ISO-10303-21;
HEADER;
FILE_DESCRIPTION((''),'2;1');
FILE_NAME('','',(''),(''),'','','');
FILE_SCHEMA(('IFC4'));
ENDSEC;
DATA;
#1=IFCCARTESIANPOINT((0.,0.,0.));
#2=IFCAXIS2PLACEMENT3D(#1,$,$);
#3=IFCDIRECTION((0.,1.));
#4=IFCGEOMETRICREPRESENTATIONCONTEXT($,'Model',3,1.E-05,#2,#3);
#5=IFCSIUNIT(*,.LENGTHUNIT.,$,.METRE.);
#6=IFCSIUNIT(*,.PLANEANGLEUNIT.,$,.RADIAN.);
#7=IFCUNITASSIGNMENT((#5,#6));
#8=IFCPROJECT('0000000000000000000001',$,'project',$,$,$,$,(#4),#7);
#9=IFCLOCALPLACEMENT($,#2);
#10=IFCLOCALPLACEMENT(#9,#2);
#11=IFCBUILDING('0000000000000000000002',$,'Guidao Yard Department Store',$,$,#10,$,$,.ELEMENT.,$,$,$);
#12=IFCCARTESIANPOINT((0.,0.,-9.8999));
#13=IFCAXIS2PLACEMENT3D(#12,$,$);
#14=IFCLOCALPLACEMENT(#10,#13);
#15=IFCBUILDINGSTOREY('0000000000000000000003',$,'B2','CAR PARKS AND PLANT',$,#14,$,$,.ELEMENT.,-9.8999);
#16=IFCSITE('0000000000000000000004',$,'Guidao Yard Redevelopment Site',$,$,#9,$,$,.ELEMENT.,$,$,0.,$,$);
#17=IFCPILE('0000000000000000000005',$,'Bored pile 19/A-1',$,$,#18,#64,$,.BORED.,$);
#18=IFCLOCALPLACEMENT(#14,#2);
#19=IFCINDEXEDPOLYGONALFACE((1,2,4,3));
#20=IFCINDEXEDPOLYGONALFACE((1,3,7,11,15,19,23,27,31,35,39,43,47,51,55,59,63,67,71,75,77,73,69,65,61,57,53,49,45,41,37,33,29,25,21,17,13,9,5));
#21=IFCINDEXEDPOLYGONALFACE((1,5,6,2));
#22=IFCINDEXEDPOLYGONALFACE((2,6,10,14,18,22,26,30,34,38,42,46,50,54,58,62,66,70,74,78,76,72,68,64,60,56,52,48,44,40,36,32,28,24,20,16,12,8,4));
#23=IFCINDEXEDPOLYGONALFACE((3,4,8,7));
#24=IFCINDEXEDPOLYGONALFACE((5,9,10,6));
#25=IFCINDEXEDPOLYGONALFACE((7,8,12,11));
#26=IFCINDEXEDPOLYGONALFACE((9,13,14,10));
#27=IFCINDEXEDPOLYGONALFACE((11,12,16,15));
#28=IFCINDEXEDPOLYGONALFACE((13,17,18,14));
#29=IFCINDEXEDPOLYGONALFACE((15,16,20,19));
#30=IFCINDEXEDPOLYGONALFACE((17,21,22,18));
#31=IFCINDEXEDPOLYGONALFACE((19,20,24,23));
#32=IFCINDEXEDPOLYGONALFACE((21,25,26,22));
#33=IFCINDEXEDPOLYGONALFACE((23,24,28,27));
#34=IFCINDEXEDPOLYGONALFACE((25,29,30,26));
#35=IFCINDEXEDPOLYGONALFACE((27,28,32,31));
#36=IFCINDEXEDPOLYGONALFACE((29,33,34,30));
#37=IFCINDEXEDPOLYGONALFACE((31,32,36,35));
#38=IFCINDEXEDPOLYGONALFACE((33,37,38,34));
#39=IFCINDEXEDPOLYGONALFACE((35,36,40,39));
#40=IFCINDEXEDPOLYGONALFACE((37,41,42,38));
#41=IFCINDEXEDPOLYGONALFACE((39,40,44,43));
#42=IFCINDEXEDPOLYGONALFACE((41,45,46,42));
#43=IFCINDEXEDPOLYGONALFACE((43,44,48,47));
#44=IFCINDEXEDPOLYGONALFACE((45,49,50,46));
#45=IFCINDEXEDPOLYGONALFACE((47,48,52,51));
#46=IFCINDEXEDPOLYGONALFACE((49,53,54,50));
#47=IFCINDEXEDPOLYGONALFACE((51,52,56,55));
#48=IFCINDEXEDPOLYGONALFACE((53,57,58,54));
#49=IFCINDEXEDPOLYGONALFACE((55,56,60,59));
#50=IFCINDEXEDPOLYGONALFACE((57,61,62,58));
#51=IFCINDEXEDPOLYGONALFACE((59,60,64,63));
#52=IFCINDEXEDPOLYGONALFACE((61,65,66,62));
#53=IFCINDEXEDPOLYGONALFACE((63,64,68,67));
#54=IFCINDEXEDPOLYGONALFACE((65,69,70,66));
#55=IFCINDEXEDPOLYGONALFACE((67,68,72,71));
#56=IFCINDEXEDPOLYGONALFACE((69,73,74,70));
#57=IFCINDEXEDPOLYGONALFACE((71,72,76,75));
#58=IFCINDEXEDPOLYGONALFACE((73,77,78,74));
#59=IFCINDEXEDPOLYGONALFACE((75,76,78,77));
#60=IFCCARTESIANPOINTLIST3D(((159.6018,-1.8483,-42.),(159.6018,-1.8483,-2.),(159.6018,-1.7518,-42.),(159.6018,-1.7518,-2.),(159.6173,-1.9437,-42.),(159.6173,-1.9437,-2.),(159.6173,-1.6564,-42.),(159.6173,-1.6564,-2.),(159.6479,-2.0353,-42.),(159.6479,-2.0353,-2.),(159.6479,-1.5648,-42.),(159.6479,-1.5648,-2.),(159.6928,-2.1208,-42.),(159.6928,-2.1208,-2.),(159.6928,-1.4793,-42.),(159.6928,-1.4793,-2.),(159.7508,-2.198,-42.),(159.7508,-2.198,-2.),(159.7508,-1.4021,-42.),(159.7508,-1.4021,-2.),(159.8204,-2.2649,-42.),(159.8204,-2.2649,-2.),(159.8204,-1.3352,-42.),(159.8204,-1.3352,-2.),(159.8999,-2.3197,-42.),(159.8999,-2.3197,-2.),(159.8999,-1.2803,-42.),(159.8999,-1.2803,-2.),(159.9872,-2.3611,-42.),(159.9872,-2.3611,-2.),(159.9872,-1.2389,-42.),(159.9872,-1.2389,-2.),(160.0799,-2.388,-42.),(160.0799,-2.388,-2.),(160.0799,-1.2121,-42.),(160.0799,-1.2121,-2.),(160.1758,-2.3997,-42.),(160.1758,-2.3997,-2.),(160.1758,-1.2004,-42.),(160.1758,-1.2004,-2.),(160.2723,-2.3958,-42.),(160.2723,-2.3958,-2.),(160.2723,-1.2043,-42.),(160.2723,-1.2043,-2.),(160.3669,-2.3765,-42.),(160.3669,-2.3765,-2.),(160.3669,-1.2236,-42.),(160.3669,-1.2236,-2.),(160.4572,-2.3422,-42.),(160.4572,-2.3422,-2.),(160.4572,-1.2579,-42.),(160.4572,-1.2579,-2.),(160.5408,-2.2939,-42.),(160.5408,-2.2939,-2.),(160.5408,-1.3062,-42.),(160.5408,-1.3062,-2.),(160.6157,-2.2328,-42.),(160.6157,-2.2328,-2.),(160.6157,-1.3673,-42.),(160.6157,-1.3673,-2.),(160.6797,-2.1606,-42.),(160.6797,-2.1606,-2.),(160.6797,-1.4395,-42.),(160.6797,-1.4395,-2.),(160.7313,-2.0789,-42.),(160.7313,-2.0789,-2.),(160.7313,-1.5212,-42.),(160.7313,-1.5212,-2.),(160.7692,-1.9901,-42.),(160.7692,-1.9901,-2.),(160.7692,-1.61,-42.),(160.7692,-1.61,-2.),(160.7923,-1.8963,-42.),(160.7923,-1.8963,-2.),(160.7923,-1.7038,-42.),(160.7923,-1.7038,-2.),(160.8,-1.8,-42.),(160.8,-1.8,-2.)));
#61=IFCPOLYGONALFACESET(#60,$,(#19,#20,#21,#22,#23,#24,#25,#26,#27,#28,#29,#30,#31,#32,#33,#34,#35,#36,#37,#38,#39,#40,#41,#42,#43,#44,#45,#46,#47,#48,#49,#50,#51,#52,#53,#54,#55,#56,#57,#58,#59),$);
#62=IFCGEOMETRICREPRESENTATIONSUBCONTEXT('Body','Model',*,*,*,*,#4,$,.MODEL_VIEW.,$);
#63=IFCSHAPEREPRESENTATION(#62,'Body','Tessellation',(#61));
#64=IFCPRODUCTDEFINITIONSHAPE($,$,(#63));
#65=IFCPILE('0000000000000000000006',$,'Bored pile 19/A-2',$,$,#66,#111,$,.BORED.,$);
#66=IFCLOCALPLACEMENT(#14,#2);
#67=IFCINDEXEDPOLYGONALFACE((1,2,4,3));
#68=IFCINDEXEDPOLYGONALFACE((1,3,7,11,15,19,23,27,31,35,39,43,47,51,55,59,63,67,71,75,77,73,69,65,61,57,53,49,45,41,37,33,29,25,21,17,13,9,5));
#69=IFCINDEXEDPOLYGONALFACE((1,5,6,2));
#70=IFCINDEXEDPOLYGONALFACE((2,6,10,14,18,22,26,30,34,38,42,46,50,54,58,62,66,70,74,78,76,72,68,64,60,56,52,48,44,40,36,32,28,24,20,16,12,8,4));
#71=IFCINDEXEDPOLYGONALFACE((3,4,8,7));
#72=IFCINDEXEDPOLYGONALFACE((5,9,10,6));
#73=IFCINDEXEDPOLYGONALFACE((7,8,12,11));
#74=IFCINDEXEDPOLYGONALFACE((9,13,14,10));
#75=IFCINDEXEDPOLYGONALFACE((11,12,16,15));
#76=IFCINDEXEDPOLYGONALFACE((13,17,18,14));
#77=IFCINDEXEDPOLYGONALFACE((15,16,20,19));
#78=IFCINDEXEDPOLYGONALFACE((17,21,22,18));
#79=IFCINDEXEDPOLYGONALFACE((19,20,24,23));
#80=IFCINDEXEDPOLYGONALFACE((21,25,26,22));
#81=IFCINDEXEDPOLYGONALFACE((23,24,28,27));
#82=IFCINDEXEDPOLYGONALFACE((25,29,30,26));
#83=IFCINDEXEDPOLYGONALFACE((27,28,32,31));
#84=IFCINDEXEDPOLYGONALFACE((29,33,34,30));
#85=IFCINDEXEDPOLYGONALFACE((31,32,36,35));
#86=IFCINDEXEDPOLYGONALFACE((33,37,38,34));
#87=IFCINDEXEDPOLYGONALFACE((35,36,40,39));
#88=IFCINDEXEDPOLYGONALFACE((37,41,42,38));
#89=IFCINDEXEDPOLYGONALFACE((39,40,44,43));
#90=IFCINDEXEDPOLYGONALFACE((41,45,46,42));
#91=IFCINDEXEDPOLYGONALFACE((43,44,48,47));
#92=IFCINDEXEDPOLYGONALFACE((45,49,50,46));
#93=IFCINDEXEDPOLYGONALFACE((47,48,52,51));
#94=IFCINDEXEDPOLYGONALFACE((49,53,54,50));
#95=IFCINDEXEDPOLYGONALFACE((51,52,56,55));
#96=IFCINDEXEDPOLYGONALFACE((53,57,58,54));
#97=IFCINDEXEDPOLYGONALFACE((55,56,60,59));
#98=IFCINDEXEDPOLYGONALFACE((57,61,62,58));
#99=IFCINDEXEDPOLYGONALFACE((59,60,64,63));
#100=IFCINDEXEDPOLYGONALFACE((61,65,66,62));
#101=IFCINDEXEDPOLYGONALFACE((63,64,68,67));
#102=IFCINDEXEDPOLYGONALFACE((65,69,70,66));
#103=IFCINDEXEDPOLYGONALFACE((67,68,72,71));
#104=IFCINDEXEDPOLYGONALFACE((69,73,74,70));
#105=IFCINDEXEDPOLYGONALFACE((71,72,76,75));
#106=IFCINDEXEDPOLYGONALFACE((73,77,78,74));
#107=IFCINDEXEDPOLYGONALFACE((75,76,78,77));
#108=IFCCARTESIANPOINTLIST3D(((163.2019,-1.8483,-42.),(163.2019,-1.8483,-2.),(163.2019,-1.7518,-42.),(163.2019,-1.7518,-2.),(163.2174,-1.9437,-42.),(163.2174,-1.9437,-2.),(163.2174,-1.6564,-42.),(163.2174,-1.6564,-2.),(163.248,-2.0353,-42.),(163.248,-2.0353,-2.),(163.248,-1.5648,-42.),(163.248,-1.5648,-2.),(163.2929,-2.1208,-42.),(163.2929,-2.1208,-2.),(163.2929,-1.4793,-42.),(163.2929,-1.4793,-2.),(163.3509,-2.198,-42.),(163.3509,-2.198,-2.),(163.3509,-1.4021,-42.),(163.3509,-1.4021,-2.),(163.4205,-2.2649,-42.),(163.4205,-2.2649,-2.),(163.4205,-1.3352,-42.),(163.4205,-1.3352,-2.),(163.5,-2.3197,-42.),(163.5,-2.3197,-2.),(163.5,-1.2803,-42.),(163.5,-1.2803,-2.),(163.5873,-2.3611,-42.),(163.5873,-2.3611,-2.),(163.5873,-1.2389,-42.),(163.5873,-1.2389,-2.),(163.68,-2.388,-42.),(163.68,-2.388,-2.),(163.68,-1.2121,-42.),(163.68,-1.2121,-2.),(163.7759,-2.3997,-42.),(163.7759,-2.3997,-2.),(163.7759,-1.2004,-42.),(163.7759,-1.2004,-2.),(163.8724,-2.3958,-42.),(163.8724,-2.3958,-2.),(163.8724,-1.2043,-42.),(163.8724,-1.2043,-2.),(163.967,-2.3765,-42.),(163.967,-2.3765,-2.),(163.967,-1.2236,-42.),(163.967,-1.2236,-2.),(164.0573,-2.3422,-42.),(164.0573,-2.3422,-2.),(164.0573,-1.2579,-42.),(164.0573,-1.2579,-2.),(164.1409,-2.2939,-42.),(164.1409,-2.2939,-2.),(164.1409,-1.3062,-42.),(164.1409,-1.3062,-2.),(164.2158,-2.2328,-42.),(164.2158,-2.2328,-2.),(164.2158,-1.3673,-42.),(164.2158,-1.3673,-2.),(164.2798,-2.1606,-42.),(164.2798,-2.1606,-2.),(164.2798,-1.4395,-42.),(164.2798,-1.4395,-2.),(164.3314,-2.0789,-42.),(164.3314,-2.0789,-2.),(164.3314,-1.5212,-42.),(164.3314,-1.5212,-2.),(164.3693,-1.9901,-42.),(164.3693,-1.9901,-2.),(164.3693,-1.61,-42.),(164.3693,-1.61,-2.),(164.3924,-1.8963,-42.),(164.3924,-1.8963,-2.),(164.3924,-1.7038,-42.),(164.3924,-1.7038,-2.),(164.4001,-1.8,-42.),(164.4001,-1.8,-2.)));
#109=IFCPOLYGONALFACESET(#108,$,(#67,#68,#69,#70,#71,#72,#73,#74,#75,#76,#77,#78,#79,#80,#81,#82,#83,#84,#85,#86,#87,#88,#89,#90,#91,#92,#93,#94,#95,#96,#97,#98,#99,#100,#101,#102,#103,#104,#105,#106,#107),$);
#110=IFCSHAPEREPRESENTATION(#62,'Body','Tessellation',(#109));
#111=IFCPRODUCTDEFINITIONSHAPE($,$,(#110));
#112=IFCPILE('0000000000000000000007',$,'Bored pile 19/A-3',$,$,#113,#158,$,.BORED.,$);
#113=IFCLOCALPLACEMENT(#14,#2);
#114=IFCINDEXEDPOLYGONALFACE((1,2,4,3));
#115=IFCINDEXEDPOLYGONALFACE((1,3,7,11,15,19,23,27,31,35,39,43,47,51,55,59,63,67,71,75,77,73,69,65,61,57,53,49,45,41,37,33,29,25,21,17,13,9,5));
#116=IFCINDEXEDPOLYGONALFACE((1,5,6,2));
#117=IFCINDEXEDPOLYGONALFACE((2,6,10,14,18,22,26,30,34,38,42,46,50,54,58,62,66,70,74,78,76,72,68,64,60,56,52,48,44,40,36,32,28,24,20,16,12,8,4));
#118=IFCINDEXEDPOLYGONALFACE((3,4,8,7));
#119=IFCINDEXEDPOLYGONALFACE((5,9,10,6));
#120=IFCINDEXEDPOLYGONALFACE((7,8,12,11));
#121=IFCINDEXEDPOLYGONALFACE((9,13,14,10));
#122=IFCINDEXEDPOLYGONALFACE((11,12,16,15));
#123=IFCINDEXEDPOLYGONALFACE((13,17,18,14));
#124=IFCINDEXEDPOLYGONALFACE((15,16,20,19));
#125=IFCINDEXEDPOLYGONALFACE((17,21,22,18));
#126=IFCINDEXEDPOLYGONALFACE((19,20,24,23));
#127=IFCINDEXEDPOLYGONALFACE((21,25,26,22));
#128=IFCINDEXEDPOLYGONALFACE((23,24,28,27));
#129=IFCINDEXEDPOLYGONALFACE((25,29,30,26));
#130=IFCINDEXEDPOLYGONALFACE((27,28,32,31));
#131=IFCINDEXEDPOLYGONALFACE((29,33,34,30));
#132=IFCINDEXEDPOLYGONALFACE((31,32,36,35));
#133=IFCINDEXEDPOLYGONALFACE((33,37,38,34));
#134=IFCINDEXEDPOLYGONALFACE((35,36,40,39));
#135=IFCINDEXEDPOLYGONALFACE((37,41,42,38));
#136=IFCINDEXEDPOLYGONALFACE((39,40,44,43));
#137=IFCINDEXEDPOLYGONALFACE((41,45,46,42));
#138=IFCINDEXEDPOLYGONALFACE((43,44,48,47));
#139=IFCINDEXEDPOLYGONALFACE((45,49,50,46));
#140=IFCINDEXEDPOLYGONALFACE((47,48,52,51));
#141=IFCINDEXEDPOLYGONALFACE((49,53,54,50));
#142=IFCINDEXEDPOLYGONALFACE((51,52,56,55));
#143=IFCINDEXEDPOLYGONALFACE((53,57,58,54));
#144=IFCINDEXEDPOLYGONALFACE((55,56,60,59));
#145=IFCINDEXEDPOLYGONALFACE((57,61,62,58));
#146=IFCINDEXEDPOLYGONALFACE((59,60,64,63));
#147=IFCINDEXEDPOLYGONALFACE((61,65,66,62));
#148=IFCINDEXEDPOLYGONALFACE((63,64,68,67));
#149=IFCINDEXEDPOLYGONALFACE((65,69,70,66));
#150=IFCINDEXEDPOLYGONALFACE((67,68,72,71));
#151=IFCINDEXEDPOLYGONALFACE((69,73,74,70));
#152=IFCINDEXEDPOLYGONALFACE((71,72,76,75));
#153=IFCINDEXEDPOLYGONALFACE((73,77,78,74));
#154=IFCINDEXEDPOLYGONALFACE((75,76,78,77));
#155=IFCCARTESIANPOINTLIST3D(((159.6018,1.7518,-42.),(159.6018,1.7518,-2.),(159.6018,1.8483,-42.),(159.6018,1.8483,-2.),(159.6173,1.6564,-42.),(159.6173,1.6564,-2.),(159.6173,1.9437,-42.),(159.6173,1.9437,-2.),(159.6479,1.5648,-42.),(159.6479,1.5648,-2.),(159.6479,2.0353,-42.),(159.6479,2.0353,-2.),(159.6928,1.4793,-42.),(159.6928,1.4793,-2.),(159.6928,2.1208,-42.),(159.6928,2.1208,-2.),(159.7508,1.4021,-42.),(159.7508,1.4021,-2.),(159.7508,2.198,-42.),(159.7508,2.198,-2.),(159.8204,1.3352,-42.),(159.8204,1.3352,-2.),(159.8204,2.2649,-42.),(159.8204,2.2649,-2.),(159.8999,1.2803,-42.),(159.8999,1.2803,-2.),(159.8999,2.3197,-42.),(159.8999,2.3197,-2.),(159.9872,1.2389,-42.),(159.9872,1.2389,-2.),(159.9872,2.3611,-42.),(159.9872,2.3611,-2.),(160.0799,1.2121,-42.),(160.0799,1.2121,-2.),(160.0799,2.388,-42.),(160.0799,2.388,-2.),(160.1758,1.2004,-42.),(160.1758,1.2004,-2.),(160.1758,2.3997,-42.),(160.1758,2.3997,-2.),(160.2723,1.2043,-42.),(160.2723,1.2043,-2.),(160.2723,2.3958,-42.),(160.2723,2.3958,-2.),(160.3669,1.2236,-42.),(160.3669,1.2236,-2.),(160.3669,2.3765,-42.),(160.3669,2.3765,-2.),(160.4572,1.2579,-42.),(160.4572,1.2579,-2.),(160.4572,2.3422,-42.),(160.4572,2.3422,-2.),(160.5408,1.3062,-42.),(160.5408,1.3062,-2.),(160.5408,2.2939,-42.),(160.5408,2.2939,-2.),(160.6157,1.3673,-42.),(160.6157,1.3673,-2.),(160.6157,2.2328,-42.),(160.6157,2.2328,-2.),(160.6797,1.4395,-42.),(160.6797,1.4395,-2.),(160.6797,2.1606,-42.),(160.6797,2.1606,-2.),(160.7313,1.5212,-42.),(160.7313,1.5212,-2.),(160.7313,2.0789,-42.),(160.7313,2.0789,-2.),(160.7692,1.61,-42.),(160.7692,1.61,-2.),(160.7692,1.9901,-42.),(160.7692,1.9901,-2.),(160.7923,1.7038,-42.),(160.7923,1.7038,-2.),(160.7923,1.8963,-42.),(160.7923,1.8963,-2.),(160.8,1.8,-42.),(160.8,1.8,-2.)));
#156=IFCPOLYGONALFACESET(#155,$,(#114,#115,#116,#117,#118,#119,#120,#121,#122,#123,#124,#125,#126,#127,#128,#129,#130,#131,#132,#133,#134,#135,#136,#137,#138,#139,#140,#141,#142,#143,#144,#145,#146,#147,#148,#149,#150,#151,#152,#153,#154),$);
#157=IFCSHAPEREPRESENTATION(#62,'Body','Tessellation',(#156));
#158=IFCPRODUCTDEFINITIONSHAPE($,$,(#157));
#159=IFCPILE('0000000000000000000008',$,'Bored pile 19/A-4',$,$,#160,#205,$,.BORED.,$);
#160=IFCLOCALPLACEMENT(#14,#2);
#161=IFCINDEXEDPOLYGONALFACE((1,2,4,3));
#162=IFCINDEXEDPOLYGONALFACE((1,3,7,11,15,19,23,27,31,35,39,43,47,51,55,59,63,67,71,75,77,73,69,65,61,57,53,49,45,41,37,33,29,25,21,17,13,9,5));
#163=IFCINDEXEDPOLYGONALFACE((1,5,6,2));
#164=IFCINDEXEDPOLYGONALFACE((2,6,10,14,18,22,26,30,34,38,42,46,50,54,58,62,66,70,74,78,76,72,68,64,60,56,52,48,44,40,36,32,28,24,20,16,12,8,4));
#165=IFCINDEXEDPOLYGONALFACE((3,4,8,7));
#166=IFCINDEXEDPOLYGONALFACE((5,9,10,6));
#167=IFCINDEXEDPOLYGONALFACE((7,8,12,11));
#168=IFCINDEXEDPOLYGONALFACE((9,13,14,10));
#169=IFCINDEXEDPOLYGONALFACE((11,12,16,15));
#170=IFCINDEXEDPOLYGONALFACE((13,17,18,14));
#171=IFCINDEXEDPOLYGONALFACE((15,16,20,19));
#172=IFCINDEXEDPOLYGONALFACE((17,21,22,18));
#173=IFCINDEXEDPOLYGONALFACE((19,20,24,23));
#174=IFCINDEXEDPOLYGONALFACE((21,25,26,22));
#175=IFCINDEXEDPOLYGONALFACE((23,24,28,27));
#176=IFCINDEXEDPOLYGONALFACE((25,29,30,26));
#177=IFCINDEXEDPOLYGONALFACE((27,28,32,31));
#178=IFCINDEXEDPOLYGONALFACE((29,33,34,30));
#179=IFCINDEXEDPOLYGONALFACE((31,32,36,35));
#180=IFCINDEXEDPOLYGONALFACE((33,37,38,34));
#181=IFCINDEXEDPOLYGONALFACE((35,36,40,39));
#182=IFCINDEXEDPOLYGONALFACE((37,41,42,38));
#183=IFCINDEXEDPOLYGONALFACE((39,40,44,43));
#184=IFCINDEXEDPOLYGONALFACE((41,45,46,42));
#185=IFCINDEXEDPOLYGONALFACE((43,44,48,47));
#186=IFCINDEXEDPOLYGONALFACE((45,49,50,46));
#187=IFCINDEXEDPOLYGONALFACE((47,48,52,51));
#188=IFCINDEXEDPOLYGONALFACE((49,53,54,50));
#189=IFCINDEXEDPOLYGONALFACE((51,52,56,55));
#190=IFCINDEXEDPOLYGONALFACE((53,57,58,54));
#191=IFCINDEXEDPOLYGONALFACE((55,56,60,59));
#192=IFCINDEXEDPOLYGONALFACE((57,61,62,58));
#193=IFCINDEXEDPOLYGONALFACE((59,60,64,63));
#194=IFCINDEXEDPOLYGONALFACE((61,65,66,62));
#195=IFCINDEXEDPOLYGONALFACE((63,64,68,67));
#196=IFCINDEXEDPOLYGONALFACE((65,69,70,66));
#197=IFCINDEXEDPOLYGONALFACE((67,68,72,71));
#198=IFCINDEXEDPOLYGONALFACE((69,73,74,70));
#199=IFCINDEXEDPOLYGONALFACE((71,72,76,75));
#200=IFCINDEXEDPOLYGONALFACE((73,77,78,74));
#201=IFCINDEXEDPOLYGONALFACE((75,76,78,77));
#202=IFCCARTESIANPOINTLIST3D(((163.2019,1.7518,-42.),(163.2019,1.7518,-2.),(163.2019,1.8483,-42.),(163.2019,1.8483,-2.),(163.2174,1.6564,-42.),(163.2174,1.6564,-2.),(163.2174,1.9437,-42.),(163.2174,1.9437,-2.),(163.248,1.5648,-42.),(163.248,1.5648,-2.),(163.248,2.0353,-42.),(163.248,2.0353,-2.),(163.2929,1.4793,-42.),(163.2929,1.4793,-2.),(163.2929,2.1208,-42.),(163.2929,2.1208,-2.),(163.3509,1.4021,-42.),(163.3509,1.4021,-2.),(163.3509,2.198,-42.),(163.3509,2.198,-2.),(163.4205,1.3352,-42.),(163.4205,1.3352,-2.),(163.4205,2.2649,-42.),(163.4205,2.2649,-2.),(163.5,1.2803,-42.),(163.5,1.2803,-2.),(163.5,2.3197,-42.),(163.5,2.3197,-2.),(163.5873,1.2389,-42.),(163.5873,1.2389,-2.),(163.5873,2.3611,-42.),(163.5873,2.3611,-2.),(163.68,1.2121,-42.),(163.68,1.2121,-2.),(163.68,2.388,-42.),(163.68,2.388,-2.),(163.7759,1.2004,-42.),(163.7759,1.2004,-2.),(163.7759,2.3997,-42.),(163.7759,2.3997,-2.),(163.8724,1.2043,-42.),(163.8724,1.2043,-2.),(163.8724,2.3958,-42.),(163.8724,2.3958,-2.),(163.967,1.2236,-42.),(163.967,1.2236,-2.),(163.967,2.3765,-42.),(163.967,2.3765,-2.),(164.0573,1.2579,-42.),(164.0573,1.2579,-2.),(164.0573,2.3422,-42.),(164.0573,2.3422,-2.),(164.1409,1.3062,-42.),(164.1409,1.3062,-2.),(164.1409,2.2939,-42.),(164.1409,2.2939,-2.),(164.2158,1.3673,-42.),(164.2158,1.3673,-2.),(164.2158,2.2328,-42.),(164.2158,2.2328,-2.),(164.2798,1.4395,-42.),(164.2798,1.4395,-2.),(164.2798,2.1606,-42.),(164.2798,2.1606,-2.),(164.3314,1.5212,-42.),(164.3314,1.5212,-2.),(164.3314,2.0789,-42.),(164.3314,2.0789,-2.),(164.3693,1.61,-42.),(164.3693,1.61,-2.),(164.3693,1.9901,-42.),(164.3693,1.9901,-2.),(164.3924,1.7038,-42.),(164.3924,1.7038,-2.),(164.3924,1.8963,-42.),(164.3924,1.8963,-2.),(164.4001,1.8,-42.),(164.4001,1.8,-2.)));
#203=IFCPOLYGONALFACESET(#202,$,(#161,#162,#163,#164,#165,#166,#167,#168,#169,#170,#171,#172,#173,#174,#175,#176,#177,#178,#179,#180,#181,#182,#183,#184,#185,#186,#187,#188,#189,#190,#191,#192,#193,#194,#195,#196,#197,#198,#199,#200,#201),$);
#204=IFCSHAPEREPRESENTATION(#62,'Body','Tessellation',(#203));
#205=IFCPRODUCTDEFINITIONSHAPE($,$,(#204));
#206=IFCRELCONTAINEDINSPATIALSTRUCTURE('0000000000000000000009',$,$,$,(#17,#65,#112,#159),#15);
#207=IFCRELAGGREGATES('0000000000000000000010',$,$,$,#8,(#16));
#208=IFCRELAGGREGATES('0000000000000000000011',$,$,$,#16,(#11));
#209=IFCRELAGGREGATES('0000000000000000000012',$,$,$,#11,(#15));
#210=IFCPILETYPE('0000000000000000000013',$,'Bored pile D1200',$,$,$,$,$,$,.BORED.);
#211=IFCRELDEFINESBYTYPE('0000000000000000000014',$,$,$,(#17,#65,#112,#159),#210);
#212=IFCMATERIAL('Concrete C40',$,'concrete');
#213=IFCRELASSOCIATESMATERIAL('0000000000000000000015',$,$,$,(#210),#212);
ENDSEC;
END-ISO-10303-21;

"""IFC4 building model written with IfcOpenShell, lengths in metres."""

from ifc_helpers import new_model, si_unit, direction, frame, origin, origin_2d, place, context, subcontext, project, spatial, circle, extrude, material, material_profile, profile_set, type_object, element, save


model = new_model("IFC4")

# Units and contexts
model_context = context("Model", 3, precision=1e-05, world=origin(), true_north=direction((0.0, 1.0)))
body_context = subcontext(model_context, "Body", "Model", "MODEL_VIEW")
ifc_project = project(units=[si_unit("LENGTHUNIT", "METRE"), si_unit("PLANEANGLEUNIT", "RADIAN")], contexts=[model_context])

# Site, building, storey
site_placement = place(None, origin())
site = spatial("IfcSite", under=ifc_project, at=site_placement, Name="Guidao Yard Redevelopment Site", CompositionType="ELEMENT", RefElevation=0.0)
building_placement = place(site_placement, origin())
building = spatial("IfcBuilding", under=site, at=building_placement, Name="Guidao Yard Department Store", CompositionType="ELEMENT")
storey_placement = place(building_placement, frame((0.0, 0.0, -9.8999)))
storey = spatial("IfcBuildingStorey", under=building, at=storey_placement, Name="B2", Description="CAR PARKS AND PLANT", CompositionType="ELEMENT", Elevation=-9.8999)

# Piles
ifc_material_1 = material(Name="Concrete C40", Category="concrete")
ifc_material_profile_1 = material_profile(ifc_material_1, circle(Radius=0.6001, at=origin_2d()), Name="Bored pile D1200")
ifc_profile_set_1 = profile_set([ifc_material_profile_1], Name="Concrete C40")
pile_type = type_object("IfcPileType", Name="Bored pile D1200", PredefinedType="BORED", material=ifc_profile_set_1)
for number, where, z_axis, x_axis, name in (
    (1, (160.2, -1.8, -2.0), (0.0, 0.0, -1.0), (1.0, 0.0, 0.0), "Bored pile 19/A-1"),
    (2, (163.8, -1.8, -2.0), (0.0, 0.0, -1.0), (1.0, 0.0, 0.0), "Bored pile 19/A-2"),
    (3, (160.2, 1.8, -2.0), (0.0, 0.0, -1.0), (1.0, 0.0, 0.0), "Bored pile 19/A-3"),
    (4, (163.8, 1.8, -2.0), (0.0, 0.0, -1.0), (1.0, 0.0, 0.0), "Bored pile 19/A-4"),
):
    element("IfcPile", number, at=place(storey_placement, frame(where, z_axis=z_axis, x_axis=x_axis)), inside=storey, type_object=pile_type, Name=name, PredefinedType="BORED", context=body_context, shape_type="SweptSolid", body=[
        extrude(circle(Radius=0.6001, at=origin_2d()), origin(), (0.0, 0.0, 1.0), 40.0),
    ])

save(model, "model.ifc")
